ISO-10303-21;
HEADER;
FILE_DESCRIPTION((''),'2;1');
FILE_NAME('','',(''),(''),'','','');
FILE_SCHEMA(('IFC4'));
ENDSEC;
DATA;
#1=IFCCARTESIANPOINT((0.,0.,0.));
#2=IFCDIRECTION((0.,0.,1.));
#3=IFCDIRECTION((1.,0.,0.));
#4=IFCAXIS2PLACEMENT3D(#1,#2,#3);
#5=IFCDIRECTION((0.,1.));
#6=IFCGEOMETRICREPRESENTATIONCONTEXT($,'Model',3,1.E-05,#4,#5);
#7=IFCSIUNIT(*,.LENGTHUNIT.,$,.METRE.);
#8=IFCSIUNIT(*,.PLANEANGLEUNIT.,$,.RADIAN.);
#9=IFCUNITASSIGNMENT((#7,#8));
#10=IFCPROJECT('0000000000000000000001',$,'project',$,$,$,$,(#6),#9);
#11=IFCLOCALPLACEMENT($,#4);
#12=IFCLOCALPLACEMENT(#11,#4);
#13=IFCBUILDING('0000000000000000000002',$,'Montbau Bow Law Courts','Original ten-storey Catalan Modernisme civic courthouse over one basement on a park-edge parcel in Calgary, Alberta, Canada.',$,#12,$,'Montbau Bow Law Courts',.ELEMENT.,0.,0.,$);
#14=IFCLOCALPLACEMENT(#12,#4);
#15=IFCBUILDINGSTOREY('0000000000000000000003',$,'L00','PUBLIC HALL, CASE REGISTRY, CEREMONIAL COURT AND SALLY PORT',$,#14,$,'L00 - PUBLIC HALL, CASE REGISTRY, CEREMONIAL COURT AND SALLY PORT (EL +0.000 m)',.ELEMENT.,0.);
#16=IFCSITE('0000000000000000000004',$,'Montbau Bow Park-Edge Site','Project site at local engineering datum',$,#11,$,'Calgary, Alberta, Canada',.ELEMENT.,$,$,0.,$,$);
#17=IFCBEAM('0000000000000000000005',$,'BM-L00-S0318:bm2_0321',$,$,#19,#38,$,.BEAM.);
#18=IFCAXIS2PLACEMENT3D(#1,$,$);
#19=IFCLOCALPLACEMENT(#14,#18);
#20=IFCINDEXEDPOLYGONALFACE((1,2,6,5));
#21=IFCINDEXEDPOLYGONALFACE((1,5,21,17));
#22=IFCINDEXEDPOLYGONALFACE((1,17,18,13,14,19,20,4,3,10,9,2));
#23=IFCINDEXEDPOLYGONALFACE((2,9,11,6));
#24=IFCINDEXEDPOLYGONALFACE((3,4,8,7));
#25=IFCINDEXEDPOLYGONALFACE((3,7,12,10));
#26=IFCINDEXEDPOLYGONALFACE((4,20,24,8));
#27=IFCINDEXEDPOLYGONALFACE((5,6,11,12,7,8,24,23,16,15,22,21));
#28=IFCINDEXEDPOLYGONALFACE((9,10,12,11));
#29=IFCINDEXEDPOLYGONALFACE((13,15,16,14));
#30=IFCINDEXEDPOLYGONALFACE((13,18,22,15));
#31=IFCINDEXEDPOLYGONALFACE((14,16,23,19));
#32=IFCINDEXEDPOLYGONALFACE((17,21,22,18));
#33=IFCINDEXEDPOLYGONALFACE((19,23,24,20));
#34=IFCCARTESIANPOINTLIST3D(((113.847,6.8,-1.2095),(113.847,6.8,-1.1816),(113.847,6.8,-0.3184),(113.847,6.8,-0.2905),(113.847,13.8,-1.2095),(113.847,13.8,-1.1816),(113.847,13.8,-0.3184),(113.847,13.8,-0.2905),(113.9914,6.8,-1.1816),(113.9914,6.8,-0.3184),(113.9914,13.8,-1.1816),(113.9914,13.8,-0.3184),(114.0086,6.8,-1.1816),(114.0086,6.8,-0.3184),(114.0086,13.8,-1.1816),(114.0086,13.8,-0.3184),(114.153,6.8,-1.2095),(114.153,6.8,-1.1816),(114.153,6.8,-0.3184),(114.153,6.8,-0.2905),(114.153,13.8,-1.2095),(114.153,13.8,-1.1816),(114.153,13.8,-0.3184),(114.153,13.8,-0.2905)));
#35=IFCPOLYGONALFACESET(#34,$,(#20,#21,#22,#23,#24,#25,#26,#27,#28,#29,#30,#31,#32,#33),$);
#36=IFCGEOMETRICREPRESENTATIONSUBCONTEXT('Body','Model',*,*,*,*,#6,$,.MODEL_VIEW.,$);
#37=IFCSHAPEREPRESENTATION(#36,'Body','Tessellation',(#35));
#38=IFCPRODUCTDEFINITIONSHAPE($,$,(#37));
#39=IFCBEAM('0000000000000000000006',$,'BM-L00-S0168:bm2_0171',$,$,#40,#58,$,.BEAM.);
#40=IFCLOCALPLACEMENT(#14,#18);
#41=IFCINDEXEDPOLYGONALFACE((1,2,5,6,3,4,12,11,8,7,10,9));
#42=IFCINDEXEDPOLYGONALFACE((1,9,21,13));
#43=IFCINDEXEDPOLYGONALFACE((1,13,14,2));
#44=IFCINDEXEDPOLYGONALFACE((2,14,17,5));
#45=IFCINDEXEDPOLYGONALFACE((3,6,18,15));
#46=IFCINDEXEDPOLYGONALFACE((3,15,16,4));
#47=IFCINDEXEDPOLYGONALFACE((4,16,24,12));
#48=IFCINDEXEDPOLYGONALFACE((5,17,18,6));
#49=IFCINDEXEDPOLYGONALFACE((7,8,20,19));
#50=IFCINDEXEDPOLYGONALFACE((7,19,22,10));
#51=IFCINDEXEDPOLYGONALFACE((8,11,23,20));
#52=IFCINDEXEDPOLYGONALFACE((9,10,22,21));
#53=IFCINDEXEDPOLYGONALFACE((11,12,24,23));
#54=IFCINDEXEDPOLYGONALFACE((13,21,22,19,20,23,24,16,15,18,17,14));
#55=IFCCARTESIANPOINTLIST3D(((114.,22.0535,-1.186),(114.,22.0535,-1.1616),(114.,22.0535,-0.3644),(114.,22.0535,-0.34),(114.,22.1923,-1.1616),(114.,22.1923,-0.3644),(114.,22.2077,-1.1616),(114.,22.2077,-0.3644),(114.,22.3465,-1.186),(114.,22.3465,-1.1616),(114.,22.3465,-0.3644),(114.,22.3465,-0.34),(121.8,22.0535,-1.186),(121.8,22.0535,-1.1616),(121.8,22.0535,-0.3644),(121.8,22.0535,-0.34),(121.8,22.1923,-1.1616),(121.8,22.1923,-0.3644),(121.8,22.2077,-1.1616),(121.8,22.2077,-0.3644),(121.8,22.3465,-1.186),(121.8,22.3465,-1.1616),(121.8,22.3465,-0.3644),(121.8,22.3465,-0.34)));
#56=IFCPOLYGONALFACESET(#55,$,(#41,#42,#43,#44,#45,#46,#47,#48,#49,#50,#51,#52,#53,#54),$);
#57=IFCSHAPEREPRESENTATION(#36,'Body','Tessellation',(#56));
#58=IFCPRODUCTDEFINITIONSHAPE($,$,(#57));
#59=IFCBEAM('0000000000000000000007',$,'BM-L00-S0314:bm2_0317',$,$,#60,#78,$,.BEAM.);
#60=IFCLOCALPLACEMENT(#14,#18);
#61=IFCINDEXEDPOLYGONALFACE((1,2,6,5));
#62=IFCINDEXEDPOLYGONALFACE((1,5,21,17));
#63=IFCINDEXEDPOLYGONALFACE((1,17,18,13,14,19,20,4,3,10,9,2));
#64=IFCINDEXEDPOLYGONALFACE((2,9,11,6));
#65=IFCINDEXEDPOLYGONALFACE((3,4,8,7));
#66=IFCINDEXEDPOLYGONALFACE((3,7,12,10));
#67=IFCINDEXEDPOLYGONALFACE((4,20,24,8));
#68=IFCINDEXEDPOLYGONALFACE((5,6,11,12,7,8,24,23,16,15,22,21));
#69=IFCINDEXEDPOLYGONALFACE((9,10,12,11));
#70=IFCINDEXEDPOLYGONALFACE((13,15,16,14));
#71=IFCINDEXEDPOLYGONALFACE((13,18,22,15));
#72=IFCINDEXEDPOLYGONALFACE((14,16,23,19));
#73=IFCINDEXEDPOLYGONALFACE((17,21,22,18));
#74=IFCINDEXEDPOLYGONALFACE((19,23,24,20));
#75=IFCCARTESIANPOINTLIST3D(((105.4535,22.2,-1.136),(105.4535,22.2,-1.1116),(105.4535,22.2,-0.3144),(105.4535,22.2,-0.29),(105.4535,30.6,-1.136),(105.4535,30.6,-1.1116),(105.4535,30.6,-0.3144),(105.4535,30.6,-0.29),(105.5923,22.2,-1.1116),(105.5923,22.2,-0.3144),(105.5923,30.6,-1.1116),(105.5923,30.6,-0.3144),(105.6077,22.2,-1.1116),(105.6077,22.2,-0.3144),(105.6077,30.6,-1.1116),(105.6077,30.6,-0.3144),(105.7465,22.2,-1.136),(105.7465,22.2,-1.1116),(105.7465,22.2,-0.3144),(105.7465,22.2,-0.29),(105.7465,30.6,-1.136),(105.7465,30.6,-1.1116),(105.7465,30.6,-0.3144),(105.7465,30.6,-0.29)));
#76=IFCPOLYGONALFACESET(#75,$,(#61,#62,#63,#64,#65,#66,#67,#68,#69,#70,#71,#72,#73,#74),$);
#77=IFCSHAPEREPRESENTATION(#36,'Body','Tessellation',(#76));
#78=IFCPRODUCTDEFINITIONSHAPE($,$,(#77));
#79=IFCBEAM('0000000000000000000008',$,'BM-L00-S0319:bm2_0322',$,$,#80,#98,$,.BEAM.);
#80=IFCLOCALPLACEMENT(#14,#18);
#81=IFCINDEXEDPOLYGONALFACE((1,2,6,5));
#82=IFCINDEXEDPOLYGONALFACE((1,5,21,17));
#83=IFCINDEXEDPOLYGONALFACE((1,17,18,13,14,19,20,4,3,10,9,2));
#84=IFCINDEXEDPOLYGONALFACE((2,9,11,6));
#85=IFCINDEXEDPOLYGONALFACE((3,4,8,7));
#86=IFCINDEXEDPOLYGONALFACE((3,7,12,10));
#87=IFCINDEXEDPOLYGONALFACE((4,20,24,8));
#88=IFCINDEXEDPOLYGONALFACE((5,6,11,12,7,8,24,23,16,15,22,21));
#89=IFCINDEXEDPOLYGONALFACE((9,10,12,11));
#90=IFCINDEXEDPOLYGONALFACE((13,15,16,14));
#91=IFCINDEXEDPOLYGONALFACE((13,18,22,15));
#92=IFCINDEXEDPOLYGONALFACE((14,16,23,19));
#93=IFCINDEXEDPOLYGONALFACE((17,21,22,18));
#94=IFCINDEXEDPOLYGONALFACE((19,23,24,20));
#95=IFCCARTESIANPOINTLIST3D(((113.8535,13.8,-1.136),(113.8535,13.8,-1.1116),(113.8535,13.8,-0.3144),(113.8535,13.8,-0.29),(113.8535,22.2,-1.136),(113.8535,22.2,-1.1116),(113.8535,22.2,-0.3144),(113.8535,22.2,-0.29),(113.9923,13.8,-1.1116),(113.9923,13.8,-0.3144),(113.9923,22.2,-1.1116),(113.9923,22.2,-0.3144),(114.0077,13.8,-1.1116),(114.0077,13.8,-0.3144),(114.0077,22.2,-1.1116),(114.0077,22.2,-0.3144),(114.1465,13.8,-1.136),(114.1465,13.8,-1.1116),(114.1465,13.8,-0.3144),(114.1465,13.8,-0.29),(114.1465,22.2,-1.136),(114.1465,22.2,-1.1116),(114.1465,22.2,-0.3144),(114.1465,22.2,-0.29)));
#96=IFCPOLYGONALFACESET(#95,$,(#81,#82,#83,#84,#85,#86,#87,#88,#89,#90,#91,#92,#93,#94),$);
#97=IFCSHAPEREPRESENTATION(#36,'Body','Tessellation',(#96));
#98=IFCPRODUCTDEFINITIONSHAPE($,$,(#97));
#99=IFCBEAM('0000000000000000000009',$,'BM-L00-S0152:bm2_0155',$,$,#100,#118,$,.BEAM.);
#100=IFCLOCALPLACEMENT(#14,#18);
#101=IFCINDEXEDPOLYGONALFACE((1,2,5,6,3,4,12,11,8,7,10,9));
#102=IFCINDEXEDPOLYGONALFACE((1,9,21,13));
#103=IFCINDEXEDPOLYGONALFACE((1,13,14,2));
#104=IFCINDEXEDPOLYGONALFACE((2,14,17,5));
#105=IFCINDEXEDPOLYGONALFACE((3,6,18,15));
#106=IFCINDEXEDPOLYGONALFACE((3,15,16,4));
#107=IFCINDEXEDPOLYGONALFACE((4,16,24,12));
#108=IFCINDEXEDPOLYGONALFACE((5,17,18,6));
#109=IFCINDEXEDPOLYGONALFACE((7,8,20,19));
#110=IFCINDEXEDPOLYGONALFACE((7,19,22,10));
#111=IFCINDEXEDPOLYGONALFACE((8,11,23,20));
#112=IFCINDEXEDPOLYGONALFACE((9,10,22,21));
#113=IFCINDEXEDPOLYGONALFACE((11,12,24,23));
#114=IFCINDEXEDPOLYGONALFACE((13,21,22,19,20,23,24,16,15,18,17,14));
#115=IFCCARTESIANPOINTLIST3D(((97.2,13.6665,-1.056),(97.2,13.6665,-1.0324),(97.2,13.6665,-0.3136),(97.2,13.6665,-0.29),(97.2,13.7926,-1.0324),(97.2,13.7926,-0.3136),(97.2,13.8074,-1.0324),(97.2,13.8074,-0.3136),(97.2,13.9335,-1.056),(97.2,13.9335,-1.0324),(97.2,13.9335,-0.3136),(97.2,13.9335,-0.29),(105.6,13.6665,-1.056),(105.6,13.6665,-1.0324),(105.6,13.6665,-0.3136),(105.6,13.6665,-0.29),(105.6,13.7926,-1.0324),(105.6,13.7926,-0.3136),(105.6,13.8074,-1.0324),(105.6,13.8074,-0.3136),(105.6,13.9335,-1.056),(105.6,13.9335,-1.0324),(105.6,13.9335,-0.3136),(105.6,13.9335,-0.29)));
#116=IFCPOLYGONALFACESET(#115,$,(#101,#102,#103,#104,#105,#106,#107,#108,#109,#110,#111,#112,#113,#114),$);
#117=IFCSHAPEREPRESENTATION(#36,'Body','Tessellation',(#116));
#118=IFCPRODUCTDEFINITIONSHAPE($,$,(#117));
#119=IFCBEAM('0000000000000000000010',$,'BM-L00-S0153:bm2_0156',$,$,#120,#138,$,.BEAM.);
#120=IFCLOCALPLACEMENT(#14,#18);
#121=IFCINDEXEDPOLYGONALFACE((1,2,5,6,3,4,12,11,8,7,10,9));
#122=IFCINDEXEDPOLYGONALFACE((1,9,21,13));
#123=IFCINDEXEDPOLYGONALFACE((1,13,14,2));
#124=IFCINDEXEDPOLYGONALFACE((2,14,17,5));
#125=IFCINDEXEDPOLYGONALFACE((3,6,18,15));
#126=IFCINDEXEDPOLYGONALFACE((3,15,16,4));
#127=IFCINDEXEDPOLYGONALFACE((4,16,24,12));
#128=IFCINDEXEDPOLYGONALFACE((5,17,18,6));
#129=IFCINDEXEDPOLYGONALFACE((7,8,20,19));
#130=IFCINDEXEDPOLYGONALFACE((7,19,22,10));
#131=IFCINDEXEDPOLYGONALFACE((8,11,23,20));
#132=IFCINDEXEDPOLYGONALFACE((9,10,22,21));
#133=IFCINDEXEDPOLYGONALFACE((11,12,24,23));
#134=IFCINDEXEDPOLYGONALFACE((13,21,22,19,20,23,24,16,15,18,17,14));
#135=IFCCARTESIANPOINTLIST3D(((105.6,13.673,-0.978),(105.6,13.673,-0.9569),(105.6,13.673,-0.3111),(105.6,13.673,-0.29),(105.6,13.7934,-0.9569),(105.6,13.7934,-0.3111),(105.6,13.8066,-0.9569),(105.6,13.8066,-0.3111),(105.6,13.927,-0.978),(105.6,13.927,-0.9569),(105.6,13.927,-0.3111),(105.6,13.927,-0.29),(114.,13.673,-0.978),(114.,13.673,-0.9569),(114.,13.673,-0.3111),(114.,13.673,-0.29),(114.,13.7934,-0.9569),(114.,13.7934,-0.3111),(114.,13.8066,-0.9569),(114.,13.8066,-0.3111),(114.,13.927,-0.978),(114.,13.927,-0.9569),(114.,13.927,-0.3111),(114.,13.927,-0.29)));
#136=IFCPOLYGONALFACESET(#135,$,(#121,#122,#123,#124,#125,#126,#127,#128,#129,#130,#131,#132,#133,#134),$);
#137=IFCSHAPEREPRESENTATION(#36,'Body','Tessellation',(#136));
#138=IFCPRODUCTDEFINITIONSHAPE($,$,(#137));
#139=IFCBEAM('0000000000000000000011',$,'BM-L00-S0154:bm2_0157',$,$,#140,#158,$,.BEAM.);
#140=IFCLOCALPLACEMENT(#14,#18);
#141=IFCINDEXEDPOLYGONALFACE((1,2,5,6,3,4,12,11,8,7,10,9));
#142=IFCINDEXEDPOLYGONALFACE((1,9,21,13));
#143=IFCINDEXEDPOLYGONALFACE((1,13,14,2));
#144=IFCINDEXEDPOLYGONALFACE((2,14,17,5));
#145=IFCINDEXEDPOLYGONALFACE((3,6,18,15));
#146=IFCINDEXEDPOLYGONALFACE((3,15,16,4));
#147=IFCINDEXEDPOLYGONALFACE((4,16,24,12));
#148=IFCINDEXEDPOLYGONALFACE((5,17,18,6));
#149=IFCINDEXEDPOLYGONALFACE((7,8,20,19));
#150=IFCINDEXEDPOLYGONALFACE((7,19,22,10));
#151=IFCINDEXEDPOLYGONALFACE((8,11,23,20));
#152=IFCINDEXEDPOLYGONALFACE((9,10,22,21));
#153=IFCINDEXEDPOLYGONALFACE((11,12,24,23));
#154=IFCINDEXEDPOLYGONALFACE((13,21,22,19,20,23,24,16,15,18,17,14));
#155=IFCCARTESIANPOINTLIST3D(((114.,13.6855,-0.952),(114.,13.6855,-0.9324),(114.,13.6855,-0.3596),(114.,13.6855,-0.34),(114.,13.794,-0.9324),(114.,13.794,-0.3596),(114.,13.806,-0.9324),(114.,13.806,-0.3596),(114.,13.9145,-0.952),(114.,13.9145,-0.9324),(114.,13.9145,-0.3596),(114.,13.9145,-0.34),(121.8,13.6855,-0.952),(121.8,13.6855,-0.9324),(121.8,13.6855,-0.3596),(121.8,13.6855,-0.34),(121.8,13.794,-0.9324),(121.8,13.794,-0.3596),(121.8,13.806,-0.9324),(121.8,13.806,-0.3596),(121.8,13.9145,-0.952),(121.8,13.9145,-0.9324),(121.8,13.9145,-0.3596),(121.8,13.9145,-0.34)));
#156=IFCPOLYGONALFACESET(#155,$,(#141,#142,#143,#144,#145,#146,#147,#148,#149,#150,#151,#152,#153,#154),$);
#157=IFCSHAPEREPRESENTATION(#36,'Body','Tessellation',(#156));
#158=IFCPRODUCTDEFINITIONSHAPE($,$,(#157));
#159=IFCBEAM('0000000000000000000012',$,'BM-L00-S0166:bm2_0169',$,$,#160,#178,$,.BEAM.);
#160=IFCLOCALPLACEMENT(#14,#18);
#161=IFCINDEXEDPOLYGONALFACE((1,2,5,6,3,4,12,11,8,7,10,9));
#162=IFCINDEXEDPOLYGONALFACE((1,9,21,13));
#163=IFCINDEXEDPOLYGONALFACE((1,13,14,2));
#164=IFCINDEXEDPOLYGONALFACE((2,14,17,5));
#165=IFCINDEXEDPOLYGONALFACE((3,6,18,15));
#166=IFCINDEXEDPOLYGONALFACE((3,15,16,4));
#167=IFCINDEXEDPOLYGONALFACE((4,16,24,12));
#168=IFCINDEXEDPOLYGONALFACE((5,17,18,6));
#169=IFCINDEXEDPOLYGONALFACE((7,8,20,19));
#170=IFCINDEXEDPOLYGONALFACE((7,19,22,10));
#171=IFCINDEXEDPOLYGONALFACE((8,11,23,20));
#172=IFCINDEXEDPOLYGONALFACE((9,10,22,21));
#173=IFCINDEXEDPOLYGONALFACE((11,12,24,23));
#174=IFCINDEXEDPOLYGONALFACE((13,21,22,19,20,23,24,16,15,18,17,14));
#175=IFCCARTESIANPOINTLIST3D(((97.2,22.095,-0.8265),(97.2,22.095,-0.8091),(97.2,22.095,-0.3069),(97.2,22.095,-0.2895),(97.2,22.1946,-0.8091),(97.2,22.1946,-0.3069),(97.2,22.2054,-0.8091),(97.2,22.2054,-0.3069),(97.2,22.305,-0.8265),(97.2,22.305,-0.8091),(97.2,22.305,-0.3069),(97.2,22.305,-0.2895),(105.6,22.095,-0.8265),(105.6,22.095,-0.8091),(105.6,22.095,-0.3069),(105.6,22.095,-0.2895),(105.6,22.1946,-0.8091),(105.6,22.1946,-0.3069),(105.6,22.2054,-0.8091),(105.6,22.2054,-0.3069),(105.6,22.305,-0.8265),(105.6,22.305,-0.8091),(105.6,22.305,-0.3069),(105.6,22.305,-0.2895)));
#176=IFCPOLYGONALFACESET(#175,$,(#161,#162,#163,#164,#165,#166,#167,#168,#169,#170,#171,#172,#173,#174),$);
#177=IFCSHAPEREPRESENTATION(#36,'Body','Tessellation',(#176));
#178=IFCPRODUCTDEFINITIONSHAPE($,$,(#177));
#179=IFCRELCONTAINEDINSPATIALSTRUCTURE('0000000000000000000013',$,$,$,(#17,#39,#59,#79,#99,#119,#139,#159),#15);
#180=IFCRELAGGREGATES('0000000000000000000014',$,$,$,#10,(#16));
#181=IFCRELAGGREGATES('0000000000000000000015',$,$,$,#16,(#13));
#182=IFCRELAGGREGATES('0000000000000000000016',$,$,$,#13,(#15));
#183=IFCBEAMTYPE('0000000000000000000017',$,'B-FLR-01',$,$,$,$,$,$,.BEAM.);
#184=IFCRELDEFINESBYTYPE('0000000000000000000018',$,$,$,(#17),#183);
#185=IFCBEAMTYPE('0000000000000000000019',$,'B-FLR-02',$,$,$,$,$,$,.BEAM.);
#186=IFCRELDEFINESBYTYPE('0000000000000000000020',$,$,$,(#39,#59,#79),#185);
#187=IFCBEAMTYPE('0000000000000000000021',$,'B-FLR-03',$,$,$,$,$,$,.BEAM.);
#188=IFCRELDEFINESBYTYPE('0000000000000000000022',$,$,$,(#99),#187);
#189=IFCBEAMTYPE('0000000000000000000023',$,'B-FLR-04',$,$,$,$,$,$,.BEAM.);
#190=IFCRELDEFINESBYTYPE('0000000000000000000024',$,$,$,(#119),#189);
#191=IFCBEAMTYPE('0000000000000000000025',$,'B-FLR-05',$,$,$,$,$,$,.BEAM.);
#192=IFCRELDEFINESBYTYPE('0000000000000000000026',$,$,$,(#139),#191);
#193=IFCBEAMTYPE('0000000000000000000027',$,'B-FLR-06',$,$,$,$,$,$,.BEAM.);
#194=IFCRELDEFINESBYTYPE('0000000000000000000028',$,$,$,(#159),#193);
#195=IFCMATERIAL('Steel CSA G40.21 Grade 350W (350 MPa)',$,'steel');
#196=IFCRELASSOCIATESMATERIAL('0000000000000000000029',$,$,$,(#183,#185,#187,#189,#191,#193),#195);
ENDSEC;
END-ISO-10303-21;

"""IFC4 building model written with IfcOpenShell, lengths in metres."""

from ifc_helpers import new_model, si_unit, direction, frame, origin_with_axes, origin_2d_with_axis, place, context, subcontext, project, spatial, i_section, extrude, material, material_profile, profile_set, type_object, element, save


model = new_model("IFC4")

# Units and contexts
model_context = context("Model", 3, precision=1e-05, world=origin_with_axes(), true_north=direction((0.0, 1.0)))
body_context = subcontext(model_context, "Body", "Model", "MODEL_VIEW")
ifc_project = project(units=[si_unit("LENGTHUNIT", "METRE"), si_unit("PLANEANGLEUNIT", "RADIAN")], contexts=[model_context])

# Site, building, storey
site_placement = place(None, origin_with_axes())
site = spatial("IfcSite", under=ifc_project, at=site_placement, Name="Montbau Bow Park-Edge Site", Description="Project site at local engineering datum", LongName="Calgary, Alberta, Canada", CompositionType="ELEMENT", RefElevation=0.0)
building_placement = place(site_placement, origin_with_axes())
building = spatial("IfcBuilding", under=site, at=building_placement, Name="Montbau Bow Law Courts", Description="Original ten-storey Catalan Modernisme civic courthouse over one basement on a park-edge parcel in Calgary, Alberta, Canada.", LongName="Montbau Bow Law Courts", CompositionType="ELEMENT", ElevationOfRefHeight=0.0, ElevationOfTerrain=0.0)
storey_placement = place(building_placement, origin_with_axes())
storey = spatial("IfcBuildingStorey", under=building, at=storey_placement, Name="L00", Description="PUBLIC HALL, CASE REGISTRY, CEREMONIAL COURT AND SALLY PORT", LongName="L00 - PUBLIC HALL, CASE REGISTRY, CEREMONIAL COURT AND SALLY PORT (EL +0.000 m)", CompositionType="ELEMENT", Elevation=0.0)

# Beams
ifc_material_1 = material(Name="Steel CSA G40.21 Grade 350W (350 MPa)", Category="steel")
ifc_material_profile_1 = material_profile(ifc_material_1, i_section(OverallWidth=0.306, OverallDepth=0.919, WebThickness=0.0173, FlangeThickness=0.0279, at=origin_2d_with_axis()), Name="W920X253", Category="Main", Priority=0)
ifc_profile_set_1 = profile_set([ifc_material_profile_1], Name="Steel CSA G40.21 Grade 350W (350 MPa)")
beam_type_1 = type_object("IfcBeamType", Name="B-FLR-01", PredefinedType="BEAM", material=ifc_profile_set_1)
beam_1_placement = place(None, frame((114.0, 6.8, -0.75), z_axis=(0.0, 1.0, 0.0), x_axis=(-1.0, 0.0, 0.0)))
element("IfcBeam", 1, at=beam_1_placement, inside=storey, type_object=beam_type_1, Name="BM-L00-S0318:bm2_0321", PredefinedType="BEAM", context=body_context, shape_type="SweptSolid", body=[
    extrude(i_section(OverallWidth=0.306, OverallDepth=0.919, WebThickness=0.0173, FlangeThickness=0.0279, at=origin_2d_with_axis()), origin_with_axes(), (0.0, 0.0, 1.0), 7.0),
])
ifc_material_profile_2 = material_profile(ifc_material_1, i_section(OverallWidth=0.293, OverallDepth=0.846, WebThickness=0.0154, FlangeThickness=0.0244, at=origin_2d_with_axis()), Name="W840X210", Category="Main", Priority=0)
ifc_profile_set_2 = profile_set([ifc_material_profile_2], Name="Steel CSA G40.21 Grade 350W (350 MPa)")
beam_type_2 = type_object("IfcBeamType", Name="B-FLR-02", PredefinedType="BEAM", material=ifc_profile_set_2)
beam_2_placement = place(None, frame((114.0, 22.2, -0.763), z_axis=(1.0, 0.0, 0.0), x_axis=(0.0, 1.0, 0.0)))
element("IfcBeam", 2, at=beam_2_placement, inside=storey, type_object=beam_type_2, Name="BM-L00-S0168:bm2_0171", PredefinedType="BEAM", context=body_context, shape_type="SweptSolid", body=[
    extrude(i_section(OverallWidth=0.293, OverallDepth=0.846, WebThickness=0.0154, FlangeThickness=0.0244, at=origin_2d_with_axis()), origin_with_axes(), (0.0, 0.0, 1.0), 7.8),
])
for number, where, z_axis, x_axis, name in (
    (3, (105.6, 22.2, -0.713), (0.0, 1.0, 0.0), (-1.0, 0.0, 0.0), "BM-L00-S0314:bm2_0317"),
    (4, (114.0, 13.8, -0.713), (0.0, 1.0, 0.0), (-1.0, 0.0, 0.0), "BM-L00-S0319:bm2_0322"),
):
    element("IfcBeam", number, at=place(None, frame(where, z_axis=z_axis, x_axis=x_axis)), inside=storey, type_object=beam_type_2, Name=name, PredefinedType="BEAM", context=body_context, shape_type="SweptSolid", body=[
        extrude(i_section(OverallWidth=0.293, OverallDepth=0.846, WebThickness=0.0154, FlangeThickness=0.0244, at=origin_2d_with_axis()), origin_with_axes(), (0.0, 0.0, 1.0), 8.4),
    ])
ifc_material_profile_3 = material_profile(ifc_material_1, i_section(OverallWidth=0.267, OverallDepth=0.766, WebThickness=0.0149, FlangeThickness=0.0236, at=origin_2d_with_axis()), Name="W760X185", Category="Main", Priority=0)
ifc_profile_set_3 = profile_set([ifc_material_profile_3], Name="Steel CSA G40.21 Grade 350W (350 MPa)")
beam_type_3 = type_object("IfcBeamType", Name="B-FLR-03", PredefinedType="BEAM", material=ifc_profile_set_3)
beam_3_placement = place(None, frame((97.2, 13.8, -0.673), z_axis=(1.0, 0.0, 0.0), x_axis=(0.0, 1.0, 0.0)))
element("IfcBeam", 5, at=beam_3_placement, inside=storey, type_object=beam_type_3, Name="BM-L00-S0152:bm2_0155", PredefinedType="BEAM", context=body_context, shape_type="SweptSolid", body=[
    extrude(i_section(OverallWidth=0.267, OverallDepth=0.766, WebThickness=0.0149, FlangeThickness=0.0236, at=origin_2d_with_axis()), origin_with_axes(), (0.0, 0.0, 1.0), 8.4),
])
ifc_material_profile_4 = material_profile(ifc_material_1, i_section(OverallWidth=0.254, OverallDepth=0.688, WebThickness=0.0131, FlangeThickness=0.0211, at=origin_2d_with_axis()), Name="W690X152", Category="Main", Priority=0)
ifc_profile_set_4 = profile_set([ifc_material_profile_4], Name="Steel CSA G40.21 Grade 350W (350 MPa)")
beam_type_4 = type_object("IfcBeamType", Name="B-FLR-04", PredefinedType="BEAM", material=ifc_profile_set_4)
beam_4_placement = place(None, frame((105.6, 13.8, -0.634), z_axis=(1.0, 0.0, 0.0), x_axis=(0.0, 1.0, 0.0)))
element("IfcBeam", 6, at=beam_4_placement, inside=storey, type_object=beam_type_4, Name="BM-L00-S0153:bm2_0156", PredefinedType="BEAM", context=body_context, shape_type="SweptSolid", body=[
    extrude(i_section(OverallWidth=0.254, OverallDepth=0.688, WebThickness=0.0131, FlangeThickness=0.0211, at=origin_2d_with_axis()), origin_with_axes(), (0.0, 0.0, 1.0), 8.4),
])
ifc_material_profile_5 = material_profile(ifc_material_1, i_section(OverallWidth=0.229, OverallDepth=0.612, WebThickness=0.0119, FlangeThickness=0.0196, at=origin_2d_with_axis()), Name="W610X125", Category="Main", Priority=0)
ifc_profile_set_5 = profile_set([ifc_material_profile_5], Name="Steel CSA G40.21 Grade 350W (350 MPa)")
beam_type_5 = type_object("IfcBeamType", Name="B-FLR-05", PredefinedType="BEAM", material=ifc_profile_set_5)
beam_5_placement = place(None, frame((114.0, 13.8, -0.646), z_axis=(1.0, 0.0, 0.0), x_axis=(0.0, 1.0, 0.0)))
element("IfcBeam", 7, at=beam_5_placement, inside=storey, type_object=beam_type_5, Name="BM-L00-S0154:bm2_0157", PredefinedType="BEAM", context=body_context, shape_type="SweptSolid", body=[
    extrude(i_section(OverallWidth=0.229, OverallDepth=0.612, WebThickness=0.0119, FlangeThickness=0.0196, at=origin_2d_with_axis()), origin_with_axes(), (0.0, 0.0, 1.0), 7.8),
])
ifc_material_profile_6 = material_profile(ifc_material_1, i_section(OverallWidth=0.21, OverallDepth=0.537, WebThickness=0.0109, FlangeThickness=0.0174, at=origin_2d_with_axis()), Name="W530X101", Category="Main", Priority=0)
ifc_profile_set_6 = profile_set([ifc_material_profile_6], Name="Steel CSA G40.21 Grade 350W (350 MPa)")
beam_type_6 = type_object("IfcBeamType", Name="B-FLR-06", PredefinedType="BEAM", material=ifc_profile_set_6)
beam_6_placement = place(None, frame((97.2, 22.2, -0.558), z_axis=(1.0, 0.0, 0.0), x_axis=(0.0, 1.0, 0.0)))
element("IfcBeam", 8, at=beam_6_placement, inside=storey, type_object=beam_type_6, Name="BM-L00-S0166:bm2_0169", PredefinedType="BEAM", context=body_context, shape_type="SweptSolid", body=[
    extrude(i_section(OverallWidth=0.21, OverallDepth=0.537, WebThickness=0.0109, FlangeThickness=0.0174, at=origin_2d_with_axis()), origin_with_axes(), (0.0, 0.0, 1.0), 8.4),
])

save(model, "model.ifc")
